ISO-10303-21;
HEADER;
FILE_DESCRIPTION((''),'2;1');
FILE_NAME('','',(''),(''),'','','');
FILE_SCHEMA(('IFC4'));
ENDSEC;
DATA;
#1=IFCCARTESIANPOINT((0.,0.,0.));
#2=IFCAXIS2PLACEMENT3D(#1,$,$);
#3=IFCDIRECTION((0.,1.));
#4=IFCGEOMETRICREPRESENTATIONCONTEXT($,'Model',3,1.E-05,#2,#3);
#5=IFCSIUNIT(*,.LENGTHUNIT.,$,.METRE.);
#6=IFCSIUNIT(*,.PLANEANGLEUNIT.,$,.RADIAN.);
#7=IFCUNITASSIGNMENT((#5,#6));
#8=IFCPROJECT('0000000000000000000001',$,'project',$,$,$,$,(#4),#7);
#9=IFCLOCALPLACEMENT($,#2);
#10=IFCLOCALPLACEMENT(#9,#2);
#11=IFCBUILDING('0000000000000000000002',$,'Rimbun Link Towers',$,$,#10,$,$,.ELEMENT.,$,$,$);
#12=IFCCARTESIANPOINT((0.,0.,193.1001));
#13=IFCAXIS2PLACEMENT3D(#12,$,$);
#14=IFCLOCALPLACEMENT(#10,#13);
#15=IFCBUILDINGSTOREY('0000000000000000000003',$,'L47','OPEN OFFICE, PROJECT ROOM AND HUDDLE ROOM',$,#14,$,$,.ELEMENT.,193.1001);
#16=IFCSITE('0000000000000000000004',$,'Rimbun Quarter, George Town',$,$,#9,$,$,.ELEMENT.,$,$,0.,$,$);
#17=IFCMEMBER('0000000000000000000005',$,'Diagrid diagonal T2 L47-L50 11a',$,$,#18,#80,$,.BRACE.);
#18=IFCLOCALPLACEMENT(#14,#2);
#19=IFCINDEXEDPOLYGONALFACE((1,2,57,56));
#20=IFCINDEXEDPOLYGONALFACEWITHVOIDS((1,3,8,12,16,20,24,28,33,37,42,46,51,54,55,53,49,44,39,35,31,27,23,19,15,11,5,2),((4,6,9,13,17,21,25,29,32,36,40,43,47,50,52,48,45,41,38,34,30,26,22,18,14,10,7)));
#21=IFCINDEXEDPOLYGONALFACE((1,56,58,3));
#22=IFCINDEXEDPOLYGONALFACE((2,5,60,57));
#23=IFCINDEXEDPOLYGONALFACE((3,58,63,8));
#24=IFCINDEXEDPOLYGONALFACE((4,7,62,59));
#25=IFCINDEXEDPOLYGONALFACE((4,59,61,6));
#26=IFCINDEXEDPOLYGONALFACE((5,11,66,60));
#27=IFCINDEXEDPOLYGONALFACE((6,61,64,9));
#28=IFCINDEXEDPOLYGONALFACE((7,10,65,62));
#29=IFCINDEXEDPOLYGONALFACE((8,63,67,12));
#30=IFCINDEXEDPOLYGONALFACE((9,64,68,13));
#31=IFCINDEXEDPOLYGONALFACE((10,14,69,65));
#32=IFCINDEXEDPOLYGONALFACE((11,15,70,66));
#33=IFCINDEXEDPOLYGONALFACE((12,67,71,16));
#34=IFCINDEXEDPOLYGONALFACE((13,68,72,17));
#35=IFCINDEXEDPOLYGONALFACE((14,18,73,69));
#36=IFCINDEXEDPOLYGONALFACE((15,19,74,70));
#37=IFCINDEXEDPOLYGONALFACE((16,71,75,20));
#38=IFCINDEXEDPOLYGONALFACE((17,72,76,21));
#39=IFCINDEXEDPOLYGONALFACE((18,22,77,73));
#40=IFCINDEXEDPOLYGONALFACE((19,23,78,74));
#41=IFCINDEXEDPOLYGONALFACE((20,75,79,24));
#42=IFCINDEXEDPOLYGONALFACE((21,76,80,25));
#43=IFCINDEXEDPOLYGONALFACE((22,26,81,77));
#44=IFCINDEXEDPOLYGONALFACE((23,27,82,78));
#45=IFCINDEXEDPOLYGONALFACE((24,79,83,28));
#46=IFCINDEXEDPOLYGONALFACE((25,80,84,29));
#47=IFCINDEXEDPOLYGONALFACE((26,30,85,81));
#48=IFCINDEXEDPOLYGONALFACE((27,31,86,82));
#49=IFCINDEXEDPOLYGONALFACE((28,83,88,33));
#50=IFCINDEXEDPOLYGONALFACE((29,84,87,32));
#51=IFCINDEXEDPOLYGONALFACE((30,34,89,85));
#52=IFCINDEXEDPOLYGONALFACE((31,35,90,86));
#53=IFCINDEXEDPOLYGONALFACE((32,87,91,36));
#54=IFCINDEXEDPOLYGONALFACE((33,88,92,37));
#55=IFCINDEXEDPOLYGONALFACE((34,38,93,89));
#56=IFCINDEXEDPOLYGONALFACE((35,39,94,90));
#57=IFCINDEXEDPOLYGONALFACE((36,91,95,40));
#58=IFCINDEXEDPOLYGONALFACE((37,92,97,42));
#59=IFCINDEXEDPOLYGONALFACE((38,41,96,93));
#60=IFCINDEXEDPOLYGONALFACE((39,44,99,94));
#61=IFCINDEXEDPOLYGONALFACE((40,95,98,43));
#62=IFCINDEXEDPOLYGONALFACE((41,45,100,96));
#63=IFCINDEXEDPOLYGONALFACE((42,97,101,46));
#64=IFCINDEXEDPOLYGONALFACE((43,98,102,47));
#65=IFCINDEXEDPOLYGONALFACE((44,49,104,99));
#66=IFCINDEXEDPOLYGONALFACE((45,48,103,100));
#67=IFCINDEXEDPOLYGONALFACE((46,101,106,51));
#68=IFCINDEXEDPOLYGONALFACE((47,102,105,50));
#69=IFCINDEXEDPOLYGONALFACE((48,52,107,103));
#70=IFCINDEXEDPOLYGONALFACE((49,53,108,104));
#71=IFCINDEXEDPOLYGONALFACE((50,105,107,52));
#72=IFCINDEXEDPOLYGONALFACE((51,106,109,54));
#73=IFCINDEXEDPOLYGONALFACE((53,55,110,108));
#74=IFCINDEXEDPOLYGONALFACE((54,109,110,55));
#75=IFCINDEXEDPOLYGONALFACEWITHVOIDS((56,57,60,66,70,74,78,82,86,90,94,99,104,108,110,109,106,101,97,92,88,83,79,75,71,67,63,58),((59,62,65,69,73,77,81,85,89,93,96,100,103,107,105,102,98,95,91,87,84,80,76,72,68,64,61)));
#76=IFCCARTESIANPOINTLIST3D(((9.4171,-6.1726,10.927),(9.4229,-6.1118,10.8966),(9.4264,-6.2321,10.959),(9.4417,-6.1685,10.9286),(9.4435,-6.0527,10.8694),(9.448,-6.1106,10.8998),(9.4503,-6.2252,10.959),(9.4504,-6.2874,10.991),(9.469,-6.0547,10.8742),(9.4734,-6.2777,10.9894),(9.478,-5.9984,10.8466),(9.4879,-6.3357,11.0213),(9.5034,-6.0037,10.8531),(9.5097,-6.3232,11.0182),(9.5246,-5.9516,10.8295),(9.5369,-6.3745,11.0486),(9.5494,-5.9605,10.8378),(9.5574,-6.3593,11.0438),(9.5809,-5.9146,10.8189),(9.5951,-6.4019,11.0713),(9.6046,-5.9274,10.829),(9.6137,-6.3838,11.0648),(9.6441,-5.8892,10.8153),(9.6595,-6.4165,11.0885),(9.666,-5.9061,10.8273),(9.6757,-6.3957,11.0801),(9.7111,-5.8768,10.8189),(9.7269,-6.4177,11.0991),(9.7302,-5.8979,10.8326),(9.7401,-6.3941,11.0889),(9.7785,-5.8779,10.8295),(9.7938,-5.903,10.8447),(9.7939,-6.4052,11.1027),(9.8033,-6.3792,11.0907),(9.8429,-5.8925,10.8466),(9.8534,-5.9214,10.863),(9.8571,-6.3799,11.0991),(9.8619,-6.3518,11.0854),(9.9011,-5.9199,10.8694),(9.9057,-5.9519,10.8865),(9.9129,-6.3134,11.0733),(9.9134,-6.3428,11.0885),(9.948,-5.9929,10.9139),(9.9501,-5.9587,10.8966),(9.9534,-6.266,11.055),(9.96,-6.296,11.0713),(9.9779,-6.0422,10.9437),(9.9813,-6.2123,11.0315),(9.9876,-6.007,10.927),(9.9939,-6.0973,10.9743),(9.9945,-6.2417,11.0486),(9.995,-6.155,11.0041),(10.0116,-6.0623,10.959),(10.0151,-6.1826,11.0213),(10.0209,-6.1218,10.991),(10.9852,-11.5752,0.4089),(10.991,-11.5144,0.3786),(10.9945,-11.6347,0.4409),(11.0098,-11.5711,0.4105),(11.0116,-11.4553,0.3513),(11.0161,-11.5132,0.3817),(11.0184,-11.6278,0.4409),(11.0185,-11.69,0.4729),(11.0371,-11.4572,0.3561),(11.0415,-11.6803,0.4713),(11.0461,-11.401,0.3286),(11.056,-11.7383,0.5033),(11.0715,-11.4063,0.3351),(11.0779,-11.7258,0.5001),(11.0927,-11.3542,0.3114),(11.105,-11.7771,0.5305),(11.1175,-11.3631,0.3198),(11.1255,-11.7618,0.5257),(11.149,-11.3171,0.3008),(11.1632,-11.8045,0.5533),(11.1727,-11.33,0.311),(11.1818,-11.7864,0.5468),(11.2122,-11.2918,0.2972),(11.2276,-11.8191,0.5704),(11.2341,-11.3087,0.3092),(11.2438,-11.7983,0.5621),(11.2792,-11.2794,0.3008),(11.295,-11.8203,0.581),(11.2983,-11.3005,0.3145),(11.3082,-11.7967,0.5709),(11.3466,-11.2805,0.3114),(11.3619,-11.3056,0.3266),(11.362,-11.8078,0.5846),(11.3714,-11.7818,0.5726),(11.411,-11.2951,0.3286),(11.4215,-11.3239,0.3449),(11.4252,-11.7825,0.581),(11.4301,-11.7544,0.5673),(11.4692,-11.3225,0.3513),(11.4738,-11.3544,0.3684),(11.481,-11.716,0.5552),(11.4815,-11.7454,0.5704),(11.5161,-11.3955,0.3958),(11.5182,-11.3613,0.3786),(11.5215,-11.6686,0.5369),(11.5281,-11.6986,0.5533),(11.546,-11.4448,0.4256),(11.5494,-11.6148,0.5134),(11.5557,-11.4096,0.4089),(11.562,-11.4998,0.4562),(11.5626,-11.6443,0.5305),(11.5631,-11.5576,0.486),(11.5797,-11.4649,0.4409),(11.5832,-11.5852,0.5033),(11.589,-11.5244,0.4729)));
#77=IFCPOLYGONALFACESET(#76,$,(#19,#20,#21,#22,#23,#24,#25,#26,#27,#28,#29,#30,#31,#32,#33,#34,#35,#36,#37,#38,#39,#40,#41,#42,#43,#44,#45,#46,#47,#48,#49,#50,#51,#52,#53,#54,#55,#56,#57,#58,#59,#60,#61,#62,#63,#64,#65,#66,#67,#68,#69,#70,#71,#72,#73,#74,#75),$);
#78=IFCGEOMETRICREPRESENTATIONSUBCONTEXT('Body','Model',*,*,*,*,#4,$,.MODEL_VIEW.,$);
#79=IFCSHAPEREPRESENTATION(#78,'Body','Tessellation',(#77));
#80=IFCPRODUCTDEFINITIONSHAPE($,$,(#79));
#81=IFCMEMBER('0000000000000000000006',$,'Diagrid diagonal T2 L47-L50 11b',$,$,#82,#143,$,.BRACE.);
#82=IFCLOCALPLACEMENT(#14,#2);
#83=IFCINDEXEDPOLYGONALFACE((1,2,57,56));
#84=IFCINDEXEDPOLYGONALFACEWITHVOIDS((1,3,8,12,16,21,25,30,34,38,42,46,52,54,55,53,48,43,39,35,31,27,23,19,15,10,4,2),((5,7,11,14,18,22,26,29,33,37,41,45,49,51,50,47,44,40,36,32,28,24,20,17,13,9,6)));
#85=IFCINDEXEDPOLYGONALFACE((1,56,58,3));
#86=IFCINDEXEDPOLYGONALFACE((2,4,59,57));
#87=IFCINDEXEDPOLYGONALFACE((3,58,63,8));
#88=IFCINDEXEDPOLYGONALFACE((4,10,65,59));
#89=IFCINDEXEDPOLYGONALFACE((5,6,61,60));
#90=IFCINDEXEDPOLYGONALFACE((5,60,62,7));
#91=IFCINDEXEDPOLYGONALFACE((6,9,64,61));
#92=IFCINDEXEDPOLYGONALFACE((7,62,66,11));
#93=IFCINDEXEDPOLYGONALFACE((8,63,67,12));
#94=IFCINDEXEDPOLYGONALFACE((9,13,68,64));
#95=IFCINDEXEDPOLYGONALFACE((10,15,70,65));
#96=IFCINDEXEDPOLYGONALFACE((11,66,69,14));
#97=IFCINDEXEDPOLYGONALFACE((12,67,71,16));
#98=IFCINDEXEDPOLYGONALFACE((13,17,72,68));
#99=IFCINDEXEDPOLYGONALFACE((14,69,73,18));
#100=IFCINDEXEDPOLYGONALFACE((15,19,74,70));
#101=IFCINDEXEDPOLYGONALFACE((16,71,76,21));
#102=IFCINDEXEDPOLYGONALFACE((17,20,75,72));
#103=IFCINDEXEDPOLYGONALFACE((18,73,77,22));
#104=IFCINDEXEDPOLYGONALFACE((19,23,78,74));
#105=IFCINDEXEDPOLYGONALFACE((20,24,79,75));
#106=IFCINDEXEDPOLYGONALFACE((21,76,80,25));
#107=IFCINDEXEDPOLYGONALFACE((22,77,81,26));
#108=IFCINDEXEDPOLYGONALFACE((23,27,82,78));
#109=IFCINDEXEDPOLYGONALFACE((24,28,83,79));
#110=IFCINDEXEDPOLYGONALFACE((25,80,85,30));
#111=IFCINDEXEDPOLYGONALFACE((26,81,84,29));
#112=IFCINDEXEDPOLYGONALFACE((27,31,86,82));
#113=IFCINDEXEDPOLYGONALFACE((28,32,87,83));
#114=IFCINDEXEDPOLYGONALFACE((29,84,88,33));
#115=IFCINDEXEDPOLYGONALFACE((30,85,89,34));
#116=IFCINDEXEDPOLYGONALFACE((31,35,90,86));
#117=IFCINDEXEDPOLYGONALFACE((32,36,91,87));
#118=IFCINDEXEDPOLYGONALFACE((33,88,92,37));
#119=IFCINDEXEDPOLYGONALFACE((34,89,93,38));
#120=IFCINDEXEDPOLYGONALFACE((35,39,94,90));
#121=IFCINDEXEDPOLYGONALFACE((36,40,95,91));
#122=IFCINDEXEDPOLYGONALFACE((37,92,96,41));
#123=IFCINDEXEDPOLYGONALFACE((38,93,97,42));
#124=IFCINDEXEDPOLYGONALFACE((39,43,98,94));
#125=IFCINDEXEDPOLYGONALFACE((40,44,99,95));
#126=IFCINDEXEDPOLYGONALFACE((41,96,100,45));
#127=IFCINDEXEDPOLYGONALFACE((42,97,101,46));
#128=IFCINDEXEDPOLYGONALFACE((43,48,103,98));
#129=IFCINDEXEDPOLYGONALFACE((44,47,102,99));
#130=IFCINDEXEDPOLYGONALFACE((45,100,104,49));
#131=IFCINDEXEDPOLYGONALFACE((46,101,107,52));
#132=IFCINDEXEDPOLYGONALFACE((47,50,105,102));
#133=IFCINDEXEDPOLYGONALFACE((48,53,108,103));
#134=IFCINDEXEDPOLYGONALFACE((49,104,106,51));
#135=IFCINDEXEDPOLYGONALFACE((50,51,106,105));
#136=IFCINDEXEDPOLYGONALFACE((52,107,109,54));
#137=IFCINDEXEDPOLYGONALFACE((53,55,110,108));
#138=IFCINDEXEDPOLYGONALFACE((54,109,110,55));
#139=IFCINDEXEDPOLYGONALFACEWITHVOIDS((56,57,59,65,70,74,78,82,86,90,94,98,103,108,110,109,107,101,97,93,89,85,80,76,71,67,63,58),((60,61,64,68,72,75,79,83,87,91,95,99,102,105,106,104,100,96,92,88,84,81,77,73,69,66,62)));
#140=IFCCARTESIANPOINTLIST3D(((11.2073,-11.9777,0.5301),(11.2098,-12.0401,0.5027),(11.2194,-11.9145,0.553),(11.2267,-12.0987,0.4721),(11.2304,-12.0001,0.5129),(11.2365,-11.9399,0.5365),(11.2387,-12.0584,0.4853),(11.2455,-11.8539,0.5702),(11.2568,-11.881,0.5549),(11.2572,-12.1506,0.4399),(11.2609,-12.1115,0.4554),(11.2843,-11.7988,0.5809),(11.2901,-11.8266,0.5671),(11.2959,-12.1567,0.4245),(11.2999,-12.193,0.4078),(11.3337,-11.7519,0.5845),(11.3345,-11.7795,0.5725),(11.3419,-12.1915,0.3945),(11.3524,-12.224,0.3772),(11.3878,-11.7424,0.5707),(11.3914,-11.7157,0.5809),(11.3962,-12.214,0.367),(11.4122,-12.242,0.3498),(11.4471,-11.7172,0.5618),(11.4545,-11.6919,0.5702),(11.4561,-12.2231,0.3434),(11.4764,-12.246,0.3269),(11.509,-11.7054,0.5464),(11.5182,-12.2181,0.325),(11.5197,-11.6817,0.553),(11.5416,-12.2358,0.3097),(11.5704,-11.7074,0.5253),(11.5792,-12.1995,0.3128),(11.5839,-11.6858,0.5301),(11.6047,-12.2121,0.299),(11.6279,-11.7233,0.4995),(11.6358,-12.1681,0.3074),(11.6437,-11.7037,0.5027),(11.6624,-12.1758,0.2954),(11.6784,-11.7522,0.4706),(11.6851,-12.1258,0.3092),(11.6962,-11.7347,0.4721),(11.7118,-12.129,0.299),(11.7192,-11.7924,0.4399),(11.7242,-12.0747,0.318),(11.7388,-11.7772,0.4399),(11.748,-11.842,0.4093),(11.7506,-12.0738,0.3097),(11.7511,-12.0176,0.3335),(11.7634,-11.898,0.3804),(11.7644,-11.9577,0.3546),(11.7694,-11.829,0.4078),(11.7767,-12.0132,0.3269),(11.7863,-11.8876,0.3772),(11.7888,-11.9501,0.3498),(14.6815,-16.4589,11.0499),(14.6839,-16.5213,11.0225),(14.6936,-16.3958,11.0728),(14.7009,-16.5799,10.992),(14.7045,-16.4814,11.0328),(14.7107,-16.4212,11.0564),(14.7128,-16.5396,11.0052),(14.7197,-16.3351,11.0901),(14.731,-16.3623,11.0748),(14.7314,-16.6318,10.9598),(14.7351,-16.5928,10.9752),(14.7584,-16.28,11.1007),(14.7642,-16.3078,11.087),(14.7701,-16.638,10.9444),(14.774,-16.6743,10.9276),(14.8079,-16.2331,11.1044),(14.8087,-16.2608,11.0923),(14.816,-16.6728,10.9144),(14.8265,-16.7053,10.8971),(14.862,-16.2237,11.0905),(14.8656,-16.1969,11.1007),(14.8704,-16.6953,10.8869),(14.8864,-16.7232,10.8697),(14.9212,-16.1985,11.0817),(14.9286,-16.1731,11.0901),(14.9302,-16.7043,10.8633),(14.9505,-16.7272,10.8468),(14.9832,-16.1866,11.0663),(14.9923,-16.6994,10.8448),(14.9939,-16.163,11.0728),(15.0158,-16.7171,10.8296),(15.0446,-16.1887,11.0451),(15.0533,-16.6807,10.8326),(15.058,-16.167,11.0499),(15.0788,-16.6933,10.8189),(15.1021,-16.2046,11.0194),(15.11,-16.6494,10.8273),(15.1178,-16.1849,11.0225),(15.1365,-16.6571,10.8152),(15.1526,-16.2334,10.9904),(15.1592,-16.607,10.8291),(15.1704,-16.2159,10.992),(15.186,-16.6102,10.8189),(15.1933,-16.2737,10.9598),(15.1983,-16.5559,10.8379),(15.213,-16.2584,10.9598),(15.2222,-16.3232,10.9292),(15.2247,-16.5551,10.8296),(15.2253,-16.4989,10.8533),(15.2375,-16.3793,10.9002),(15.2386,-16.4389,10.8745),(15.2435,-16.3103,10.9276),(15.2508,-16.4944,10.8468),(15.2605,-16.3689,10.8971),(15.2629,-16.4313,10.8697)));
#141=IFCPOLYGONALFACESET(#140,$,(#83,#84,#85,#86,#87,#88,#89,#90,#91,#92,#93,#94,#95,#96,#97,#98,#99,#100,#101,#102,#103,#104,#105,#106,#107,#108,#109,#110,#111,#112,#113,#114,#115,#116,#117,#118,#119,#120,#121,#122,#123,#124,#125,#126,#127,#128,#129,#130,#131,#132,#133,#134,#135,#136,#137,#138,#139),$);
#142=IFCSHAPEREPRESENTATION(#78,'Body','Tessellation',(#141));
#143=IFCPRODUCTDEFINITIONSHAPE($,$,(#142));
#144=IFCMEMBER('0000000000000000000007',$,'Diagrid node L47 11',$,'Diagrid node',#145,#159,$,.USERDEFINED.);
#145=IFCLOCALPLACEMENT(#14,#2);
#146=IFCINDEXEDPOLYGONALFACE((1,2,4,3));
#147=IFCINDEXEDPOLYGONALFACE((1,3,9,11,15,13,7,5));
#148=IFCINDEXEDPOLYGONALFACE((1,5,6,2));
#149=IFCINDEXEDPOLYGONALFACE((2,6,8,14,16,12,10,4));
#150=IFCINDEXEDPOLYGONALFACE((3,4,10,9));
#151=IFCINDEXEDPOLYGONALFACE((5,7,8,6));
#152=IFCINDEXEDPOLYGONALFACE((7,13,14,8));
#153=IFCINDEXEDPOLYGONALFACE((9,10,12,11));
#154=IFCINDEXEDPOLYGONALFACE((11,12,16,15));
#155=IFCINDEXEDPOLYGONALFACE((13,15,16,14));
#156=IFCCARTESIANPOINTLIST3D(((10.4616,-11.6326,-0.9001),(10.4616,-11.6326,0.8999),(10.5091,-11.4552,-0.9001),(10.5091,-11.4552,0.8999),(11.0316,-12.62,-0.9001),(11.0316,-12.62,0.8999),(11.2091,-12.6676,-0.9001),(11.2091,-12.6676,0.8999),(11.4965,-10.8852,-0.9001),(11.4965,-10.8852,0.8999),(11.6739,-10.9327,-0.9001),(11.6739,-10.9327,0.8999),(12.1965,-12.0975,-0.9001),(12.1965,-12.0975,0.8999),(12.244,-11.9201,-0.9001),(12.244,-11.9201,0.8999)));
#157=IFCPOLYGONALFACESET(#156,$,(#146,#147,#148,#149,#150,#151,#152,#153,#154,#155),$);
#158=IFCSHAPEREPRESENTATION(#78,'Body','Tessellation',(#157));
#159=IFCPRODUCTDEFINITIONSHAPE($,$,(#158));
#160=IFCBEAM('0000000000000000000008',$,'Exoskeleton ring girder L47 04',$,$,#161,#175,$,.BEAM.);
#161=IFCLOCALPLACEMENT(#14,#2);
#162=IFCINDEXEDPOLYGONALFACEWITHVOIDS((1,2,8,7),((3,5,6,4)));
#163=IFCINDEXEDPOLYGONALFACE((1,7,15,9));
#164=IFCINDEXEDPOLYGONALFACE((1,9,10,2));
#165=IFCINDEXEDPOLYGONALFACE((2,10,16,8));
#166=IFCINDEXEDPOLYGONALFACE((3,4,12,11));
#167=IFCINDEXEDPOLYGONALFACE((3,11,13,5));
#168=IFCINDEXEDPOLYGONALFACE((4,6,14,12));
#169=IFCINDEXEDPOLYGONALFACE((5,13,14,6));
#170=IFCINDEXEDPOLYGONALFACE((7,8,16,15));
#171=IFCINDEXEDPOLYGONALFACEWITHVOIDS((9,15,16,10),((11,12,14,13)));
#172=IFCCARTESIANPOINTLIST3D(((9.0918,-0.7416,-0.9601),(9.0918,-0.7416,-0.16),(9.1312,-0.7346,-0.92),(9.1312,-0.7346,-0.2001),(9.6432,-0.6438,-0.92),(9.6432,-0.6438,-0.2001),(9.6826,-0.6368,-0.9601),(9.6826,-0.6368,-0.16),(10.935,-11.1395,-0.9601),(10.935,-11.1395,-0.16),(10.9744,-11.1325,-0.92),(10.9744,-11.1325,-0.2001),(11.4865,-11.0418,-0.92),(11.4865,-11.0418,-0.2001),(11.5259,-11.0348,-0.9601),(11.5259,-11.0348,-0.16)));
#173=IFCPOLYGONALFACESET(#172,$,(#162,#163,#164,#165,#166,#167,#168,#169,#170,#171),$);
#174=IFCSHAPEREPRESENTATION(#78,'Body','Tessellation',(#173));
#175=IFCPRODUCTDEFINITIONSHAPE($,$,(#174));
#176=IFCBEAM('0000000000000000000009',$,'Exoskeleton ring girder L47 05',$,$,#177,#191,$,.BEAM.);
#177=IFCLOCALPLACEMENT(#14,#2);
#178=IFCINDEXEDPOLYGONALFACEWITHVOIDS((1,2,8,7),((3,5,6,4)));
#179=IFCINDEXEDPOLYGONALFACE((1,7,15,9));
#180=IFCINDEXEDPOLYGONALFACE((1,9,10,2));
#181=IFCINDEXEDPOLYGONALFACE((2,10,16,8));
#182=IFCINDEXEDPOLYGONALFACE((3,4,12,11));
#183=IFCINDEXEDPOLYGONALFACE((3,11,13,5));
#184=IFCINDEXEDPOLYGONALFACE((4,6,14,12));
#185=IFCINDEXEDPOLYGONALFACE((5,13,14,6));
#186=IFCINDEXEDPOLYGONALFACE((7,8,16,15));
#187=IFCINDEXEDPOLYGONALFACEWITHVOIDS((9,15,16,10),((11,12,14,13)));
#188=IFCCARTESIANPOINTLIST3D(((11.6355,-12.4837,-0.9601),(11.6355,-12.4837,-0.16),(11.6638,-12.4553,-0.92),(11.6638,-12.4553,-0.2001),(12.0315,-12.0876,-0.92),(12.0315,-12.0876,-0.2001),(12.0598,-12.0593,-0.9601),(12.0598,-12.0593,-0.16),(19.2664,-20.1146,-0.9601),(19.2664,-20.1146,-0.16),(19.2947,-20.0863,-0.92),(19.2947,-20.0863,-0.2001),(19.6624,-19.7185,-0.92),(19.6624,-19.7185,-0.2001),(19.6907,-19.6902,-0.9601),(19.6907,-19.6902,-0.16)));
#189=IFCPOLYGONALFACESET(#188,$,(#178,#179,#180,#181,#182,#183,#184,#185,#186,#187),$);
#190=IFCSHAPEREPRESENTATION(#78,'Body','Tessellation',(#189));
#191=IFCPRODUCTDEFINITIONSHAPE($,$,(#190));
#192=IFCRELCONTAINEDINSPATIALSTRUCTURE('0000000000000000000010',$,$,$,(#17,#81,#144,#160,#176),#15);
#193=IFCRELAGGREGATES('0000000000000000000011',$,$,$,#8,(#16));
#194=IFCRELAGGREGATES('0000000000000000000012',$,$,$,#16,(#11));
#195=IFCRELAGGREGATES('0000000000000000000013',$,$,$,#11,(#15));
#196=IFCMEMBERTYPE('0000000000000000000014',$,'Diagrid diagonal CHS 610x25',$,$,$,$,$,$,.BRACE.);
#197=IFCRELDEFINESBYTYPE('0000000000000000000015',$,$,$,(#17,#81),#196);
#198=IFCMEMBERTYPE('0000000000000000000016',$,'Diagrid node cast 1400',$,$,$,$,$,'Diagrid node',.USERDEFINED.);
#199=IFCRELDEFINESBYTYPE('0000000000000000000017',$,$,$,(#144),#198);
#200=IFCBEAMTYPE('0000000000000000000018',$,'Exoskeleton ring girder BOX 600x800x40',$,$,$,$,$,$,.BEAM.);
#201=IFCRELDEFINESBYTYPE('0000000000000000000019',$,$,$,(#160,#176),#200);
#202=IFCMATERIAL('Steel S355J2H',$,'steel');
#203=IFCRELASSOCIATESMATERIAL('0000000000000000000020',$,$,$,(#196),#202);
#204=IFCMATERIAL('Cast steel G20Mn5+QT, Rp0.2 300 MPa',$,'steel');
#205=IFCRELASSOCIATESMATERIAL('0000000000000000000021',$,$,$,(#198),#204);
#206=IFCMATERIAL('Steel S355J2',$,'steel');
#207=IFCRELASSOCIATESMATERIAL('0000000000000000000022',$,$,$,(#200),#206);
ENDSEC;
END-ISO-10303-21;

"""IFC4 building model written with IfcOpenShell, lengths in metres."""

from ifc_helpers import new_model, si_unit, direction, frame, origin, origin_2d, place, context, subcontext, project, spatial, polyline, hollow_rectangle, hollow_circle, outline, extrude, material, material_profile, profile_set, type_object, element, save


model = new_model("IFC4")

# Units and contexts
model_context = context("Model", 3, precision=1e-05, world=origin(), true_north=direction((0.0, 1.0)))
body_context = subcontext(model_context, "Body", "Model", "MODEL_VIEW")
ifc_project = project(units=[si_unit("LENGTHUNIT", "METRE"), si_unit("PLANEANGLEUNIT", "RADIAN")], contexts=[model_context])

# Site, building, storey
site_placement = place(None, origin())
site = spatial("IfcSite", under=ifc_project, at=site_placement, Name="Rimbun Quarter, George Town", CompositionType="ELEMENT", RefElevation=0.0)
building_placement = place(site_placement, origin())
building = spatial("IfcBuilding", under=site, at=building_placement, Name="Rimbun Link Towers", CompositionType="ELEMENT")
storey_placement = place(building_placement, frame((0.0, 0.0, 193.1001)))
storey = spatial("IfcBuildingStorey", under=building, at=storey_placement, Name="L47", Description="OPEN OFFICE, PROJECT ROOM AND HUDDLE ROOM", CompositionType="ELEMENT", Elevation=193.1001)

# Members
ifc_material_1 = material(Name="Steel S355J2H", Category="steel")
ifc_material_profile_1 = material_profile(ifc_material_1, hollow_circle(Radius=0.3047, WallThickness=0.0249, at=origin_2d()), Name="Diagrid diagonal CHS 610x25")
ifc_profile_set_1 = profile_set([ifc_material_profile_1], Name="Steel S355J2H")
member_type_1 = type_object("IfcMemberType", Name="Diagrid diagonal CHS 610x25", PredefinedType="BRACE", material=ifc_profile_set_1)
member_1_placement = place(storey_placement, frame((11.2871, -11.5498, 0.4409), z_axis=(-0.131465, 0.452934, 0.881798), x_axis=(-0.960364, -0.278748, 0.0)))
element("IfcMember", 1, at=member_1_placement, inside=storey, type_object=member_type_1, Name="Diagrid diagonal T2 L47-L50 11a", PredefinedType="BRACE", context=body_context, shape_type="SweptSolid", body=[
    extrude(hollow_circle(Radius=0.3047, WallThickness=0.0249, at=origin_2d()), origin(), (0.0, 0.0, 1.0), 11.928),
])
member_2_placement = place(storey_placement, frame((11.498, -11.9639, 0.4399), z_axis=(0.290707, -0.374978, 0.880273), x_axis=(0.790313, 0.612703, 0.0)))
element("IfcMember", 2, at=member_2_placement, inside=storey, type_object=member_type_1, Name="Diagrid diagonal T2 L47-L50 11b", PredefinedType="BRACE", context=body_context, shape_type="SweptSolid", body=[
    extrude(hollow_circle(Radius=0.3047, WallThickness=0.0249, at=origin_2d()), origin(), (0.0, 0.0, 1.0), 11.9507),
])
ifc_material_2 = material(Name="Cast steel G20Mn5+QT, Rp0.2 300 MPa", Category="steel")
ifc_material_profile_2 = material_profile(ifc_material_2, outline(polyline([(0.7, -0.5701), (0.7, 0.5701), (0.5701, 0.7), (-0.5701, 0.7), (-0.7, 0.5701), (-0.7, -0.5701), (-0.5701, -0.7), (0.5701, -0.7), (0.7, -0.5701)])), Name="NODE 1400x1400")
ifc_profile_set_2 = profile_set([ifc_material_profile_2], Name="Cast steel G20Mn5+QT, Rp0.2 300 MPa")
member_type_2 = type_object("IfcMemberType", Name="Diagrid node cast 1400", ElementType="Diagrid node", PredefinedType="USERDEFINED", material=ifc_profile_set_2)
member_3_placement = place(storey_placement, frame((11.3528, -11.7764, -0.9001), z_axis=(0.0, 0.0, 1.0), x_axis=(-0.866025, -0.5, 0.0)))
element("IfcMember", 3, at=member_3_placement, inside=storey, type_object=member_type_2, Name="Diagrid node L47 11", ObjectType="Diagrid node", PredefinedType="USERDEFINED", context=body_context, shape_type="SweptSolid", body=[
    extrude(outline(polyline([(0.7, -0.5701), (0.7, 0.5701), (0.5701, 0.7), (-0.5701, 0.7), (-0.7, 0.5701), (-0.7, -0.5701), (-0.5701, -0.7), (0.5701, -0.7), (0.7, -0.5701)])), origin(), (0.0, 0.0, 1.0), 1.8),
])

# Beams
ifc_material_3 = material(Name="Steel S355J2", Category="steel")
ifc_material_profile_3 = material_profile(ifc_material_3, hollow_rectangle(XDim=0.6001, YDim=0.8, WallThickness=0.04, at=origin_2d()), Name="Exoskeleton ring girder BOX 600x800x40")
ifc_profile_set_3 = profile_set([ifc_material_profile_3], Name="Steel S355J2")
beam_type_1 = type_object("IfcBeamType", Name="Exoskeleton ring girder BOX 600x800x40", PredefinedType="BEAM", material=ifc_profile_set_3)
beam_1_placement = place(storey_placement, frame((9.3872, -0.6892, -0.5601), z_axis=(0.17455, -0.984648, 0.0), x_axis=(0.984648, 0.17455, 0.0)))
element("IfcBeam", 4, at=beam_1_placement, inside=storey, type_object=beam_type_1, Name="Exoskeleton ring girder L47 04", PredefinedType="BEAM", context=body_context, shape_type="SweptSolid", body=[
    extrude(hollow_rectangle(XDim=0.6001, YDim=0.8, WallThickness=0.04, at=origin_2d()), origin(), (0.0, 0.0, 1.0), 10.5601),
])
beam_2_placement = place(storey_placement, frame((11.8477, -12.2715, -0.5601), z_axis=(0.707107, -0.707107, 0.0), x_axis=(0.707107, 0.707107, 0.0)))
element("IfcBeam", 5, at=beam_2_placement, inside=storey, type_object=beam_type_1, Name="Exoskeleton ring girder L47 05", PredefinedType="BEAM", context=body_context, shape_type="SweptSolid", body=[
    extrude(hollow_rectangle(XDim=0.6001, YDim=0.8, WallThickness=0.04, at=origin_2d()), origin(), (0.0, 0.0, 1.0), 10.7917),
])

save(model, "model.ifc")
